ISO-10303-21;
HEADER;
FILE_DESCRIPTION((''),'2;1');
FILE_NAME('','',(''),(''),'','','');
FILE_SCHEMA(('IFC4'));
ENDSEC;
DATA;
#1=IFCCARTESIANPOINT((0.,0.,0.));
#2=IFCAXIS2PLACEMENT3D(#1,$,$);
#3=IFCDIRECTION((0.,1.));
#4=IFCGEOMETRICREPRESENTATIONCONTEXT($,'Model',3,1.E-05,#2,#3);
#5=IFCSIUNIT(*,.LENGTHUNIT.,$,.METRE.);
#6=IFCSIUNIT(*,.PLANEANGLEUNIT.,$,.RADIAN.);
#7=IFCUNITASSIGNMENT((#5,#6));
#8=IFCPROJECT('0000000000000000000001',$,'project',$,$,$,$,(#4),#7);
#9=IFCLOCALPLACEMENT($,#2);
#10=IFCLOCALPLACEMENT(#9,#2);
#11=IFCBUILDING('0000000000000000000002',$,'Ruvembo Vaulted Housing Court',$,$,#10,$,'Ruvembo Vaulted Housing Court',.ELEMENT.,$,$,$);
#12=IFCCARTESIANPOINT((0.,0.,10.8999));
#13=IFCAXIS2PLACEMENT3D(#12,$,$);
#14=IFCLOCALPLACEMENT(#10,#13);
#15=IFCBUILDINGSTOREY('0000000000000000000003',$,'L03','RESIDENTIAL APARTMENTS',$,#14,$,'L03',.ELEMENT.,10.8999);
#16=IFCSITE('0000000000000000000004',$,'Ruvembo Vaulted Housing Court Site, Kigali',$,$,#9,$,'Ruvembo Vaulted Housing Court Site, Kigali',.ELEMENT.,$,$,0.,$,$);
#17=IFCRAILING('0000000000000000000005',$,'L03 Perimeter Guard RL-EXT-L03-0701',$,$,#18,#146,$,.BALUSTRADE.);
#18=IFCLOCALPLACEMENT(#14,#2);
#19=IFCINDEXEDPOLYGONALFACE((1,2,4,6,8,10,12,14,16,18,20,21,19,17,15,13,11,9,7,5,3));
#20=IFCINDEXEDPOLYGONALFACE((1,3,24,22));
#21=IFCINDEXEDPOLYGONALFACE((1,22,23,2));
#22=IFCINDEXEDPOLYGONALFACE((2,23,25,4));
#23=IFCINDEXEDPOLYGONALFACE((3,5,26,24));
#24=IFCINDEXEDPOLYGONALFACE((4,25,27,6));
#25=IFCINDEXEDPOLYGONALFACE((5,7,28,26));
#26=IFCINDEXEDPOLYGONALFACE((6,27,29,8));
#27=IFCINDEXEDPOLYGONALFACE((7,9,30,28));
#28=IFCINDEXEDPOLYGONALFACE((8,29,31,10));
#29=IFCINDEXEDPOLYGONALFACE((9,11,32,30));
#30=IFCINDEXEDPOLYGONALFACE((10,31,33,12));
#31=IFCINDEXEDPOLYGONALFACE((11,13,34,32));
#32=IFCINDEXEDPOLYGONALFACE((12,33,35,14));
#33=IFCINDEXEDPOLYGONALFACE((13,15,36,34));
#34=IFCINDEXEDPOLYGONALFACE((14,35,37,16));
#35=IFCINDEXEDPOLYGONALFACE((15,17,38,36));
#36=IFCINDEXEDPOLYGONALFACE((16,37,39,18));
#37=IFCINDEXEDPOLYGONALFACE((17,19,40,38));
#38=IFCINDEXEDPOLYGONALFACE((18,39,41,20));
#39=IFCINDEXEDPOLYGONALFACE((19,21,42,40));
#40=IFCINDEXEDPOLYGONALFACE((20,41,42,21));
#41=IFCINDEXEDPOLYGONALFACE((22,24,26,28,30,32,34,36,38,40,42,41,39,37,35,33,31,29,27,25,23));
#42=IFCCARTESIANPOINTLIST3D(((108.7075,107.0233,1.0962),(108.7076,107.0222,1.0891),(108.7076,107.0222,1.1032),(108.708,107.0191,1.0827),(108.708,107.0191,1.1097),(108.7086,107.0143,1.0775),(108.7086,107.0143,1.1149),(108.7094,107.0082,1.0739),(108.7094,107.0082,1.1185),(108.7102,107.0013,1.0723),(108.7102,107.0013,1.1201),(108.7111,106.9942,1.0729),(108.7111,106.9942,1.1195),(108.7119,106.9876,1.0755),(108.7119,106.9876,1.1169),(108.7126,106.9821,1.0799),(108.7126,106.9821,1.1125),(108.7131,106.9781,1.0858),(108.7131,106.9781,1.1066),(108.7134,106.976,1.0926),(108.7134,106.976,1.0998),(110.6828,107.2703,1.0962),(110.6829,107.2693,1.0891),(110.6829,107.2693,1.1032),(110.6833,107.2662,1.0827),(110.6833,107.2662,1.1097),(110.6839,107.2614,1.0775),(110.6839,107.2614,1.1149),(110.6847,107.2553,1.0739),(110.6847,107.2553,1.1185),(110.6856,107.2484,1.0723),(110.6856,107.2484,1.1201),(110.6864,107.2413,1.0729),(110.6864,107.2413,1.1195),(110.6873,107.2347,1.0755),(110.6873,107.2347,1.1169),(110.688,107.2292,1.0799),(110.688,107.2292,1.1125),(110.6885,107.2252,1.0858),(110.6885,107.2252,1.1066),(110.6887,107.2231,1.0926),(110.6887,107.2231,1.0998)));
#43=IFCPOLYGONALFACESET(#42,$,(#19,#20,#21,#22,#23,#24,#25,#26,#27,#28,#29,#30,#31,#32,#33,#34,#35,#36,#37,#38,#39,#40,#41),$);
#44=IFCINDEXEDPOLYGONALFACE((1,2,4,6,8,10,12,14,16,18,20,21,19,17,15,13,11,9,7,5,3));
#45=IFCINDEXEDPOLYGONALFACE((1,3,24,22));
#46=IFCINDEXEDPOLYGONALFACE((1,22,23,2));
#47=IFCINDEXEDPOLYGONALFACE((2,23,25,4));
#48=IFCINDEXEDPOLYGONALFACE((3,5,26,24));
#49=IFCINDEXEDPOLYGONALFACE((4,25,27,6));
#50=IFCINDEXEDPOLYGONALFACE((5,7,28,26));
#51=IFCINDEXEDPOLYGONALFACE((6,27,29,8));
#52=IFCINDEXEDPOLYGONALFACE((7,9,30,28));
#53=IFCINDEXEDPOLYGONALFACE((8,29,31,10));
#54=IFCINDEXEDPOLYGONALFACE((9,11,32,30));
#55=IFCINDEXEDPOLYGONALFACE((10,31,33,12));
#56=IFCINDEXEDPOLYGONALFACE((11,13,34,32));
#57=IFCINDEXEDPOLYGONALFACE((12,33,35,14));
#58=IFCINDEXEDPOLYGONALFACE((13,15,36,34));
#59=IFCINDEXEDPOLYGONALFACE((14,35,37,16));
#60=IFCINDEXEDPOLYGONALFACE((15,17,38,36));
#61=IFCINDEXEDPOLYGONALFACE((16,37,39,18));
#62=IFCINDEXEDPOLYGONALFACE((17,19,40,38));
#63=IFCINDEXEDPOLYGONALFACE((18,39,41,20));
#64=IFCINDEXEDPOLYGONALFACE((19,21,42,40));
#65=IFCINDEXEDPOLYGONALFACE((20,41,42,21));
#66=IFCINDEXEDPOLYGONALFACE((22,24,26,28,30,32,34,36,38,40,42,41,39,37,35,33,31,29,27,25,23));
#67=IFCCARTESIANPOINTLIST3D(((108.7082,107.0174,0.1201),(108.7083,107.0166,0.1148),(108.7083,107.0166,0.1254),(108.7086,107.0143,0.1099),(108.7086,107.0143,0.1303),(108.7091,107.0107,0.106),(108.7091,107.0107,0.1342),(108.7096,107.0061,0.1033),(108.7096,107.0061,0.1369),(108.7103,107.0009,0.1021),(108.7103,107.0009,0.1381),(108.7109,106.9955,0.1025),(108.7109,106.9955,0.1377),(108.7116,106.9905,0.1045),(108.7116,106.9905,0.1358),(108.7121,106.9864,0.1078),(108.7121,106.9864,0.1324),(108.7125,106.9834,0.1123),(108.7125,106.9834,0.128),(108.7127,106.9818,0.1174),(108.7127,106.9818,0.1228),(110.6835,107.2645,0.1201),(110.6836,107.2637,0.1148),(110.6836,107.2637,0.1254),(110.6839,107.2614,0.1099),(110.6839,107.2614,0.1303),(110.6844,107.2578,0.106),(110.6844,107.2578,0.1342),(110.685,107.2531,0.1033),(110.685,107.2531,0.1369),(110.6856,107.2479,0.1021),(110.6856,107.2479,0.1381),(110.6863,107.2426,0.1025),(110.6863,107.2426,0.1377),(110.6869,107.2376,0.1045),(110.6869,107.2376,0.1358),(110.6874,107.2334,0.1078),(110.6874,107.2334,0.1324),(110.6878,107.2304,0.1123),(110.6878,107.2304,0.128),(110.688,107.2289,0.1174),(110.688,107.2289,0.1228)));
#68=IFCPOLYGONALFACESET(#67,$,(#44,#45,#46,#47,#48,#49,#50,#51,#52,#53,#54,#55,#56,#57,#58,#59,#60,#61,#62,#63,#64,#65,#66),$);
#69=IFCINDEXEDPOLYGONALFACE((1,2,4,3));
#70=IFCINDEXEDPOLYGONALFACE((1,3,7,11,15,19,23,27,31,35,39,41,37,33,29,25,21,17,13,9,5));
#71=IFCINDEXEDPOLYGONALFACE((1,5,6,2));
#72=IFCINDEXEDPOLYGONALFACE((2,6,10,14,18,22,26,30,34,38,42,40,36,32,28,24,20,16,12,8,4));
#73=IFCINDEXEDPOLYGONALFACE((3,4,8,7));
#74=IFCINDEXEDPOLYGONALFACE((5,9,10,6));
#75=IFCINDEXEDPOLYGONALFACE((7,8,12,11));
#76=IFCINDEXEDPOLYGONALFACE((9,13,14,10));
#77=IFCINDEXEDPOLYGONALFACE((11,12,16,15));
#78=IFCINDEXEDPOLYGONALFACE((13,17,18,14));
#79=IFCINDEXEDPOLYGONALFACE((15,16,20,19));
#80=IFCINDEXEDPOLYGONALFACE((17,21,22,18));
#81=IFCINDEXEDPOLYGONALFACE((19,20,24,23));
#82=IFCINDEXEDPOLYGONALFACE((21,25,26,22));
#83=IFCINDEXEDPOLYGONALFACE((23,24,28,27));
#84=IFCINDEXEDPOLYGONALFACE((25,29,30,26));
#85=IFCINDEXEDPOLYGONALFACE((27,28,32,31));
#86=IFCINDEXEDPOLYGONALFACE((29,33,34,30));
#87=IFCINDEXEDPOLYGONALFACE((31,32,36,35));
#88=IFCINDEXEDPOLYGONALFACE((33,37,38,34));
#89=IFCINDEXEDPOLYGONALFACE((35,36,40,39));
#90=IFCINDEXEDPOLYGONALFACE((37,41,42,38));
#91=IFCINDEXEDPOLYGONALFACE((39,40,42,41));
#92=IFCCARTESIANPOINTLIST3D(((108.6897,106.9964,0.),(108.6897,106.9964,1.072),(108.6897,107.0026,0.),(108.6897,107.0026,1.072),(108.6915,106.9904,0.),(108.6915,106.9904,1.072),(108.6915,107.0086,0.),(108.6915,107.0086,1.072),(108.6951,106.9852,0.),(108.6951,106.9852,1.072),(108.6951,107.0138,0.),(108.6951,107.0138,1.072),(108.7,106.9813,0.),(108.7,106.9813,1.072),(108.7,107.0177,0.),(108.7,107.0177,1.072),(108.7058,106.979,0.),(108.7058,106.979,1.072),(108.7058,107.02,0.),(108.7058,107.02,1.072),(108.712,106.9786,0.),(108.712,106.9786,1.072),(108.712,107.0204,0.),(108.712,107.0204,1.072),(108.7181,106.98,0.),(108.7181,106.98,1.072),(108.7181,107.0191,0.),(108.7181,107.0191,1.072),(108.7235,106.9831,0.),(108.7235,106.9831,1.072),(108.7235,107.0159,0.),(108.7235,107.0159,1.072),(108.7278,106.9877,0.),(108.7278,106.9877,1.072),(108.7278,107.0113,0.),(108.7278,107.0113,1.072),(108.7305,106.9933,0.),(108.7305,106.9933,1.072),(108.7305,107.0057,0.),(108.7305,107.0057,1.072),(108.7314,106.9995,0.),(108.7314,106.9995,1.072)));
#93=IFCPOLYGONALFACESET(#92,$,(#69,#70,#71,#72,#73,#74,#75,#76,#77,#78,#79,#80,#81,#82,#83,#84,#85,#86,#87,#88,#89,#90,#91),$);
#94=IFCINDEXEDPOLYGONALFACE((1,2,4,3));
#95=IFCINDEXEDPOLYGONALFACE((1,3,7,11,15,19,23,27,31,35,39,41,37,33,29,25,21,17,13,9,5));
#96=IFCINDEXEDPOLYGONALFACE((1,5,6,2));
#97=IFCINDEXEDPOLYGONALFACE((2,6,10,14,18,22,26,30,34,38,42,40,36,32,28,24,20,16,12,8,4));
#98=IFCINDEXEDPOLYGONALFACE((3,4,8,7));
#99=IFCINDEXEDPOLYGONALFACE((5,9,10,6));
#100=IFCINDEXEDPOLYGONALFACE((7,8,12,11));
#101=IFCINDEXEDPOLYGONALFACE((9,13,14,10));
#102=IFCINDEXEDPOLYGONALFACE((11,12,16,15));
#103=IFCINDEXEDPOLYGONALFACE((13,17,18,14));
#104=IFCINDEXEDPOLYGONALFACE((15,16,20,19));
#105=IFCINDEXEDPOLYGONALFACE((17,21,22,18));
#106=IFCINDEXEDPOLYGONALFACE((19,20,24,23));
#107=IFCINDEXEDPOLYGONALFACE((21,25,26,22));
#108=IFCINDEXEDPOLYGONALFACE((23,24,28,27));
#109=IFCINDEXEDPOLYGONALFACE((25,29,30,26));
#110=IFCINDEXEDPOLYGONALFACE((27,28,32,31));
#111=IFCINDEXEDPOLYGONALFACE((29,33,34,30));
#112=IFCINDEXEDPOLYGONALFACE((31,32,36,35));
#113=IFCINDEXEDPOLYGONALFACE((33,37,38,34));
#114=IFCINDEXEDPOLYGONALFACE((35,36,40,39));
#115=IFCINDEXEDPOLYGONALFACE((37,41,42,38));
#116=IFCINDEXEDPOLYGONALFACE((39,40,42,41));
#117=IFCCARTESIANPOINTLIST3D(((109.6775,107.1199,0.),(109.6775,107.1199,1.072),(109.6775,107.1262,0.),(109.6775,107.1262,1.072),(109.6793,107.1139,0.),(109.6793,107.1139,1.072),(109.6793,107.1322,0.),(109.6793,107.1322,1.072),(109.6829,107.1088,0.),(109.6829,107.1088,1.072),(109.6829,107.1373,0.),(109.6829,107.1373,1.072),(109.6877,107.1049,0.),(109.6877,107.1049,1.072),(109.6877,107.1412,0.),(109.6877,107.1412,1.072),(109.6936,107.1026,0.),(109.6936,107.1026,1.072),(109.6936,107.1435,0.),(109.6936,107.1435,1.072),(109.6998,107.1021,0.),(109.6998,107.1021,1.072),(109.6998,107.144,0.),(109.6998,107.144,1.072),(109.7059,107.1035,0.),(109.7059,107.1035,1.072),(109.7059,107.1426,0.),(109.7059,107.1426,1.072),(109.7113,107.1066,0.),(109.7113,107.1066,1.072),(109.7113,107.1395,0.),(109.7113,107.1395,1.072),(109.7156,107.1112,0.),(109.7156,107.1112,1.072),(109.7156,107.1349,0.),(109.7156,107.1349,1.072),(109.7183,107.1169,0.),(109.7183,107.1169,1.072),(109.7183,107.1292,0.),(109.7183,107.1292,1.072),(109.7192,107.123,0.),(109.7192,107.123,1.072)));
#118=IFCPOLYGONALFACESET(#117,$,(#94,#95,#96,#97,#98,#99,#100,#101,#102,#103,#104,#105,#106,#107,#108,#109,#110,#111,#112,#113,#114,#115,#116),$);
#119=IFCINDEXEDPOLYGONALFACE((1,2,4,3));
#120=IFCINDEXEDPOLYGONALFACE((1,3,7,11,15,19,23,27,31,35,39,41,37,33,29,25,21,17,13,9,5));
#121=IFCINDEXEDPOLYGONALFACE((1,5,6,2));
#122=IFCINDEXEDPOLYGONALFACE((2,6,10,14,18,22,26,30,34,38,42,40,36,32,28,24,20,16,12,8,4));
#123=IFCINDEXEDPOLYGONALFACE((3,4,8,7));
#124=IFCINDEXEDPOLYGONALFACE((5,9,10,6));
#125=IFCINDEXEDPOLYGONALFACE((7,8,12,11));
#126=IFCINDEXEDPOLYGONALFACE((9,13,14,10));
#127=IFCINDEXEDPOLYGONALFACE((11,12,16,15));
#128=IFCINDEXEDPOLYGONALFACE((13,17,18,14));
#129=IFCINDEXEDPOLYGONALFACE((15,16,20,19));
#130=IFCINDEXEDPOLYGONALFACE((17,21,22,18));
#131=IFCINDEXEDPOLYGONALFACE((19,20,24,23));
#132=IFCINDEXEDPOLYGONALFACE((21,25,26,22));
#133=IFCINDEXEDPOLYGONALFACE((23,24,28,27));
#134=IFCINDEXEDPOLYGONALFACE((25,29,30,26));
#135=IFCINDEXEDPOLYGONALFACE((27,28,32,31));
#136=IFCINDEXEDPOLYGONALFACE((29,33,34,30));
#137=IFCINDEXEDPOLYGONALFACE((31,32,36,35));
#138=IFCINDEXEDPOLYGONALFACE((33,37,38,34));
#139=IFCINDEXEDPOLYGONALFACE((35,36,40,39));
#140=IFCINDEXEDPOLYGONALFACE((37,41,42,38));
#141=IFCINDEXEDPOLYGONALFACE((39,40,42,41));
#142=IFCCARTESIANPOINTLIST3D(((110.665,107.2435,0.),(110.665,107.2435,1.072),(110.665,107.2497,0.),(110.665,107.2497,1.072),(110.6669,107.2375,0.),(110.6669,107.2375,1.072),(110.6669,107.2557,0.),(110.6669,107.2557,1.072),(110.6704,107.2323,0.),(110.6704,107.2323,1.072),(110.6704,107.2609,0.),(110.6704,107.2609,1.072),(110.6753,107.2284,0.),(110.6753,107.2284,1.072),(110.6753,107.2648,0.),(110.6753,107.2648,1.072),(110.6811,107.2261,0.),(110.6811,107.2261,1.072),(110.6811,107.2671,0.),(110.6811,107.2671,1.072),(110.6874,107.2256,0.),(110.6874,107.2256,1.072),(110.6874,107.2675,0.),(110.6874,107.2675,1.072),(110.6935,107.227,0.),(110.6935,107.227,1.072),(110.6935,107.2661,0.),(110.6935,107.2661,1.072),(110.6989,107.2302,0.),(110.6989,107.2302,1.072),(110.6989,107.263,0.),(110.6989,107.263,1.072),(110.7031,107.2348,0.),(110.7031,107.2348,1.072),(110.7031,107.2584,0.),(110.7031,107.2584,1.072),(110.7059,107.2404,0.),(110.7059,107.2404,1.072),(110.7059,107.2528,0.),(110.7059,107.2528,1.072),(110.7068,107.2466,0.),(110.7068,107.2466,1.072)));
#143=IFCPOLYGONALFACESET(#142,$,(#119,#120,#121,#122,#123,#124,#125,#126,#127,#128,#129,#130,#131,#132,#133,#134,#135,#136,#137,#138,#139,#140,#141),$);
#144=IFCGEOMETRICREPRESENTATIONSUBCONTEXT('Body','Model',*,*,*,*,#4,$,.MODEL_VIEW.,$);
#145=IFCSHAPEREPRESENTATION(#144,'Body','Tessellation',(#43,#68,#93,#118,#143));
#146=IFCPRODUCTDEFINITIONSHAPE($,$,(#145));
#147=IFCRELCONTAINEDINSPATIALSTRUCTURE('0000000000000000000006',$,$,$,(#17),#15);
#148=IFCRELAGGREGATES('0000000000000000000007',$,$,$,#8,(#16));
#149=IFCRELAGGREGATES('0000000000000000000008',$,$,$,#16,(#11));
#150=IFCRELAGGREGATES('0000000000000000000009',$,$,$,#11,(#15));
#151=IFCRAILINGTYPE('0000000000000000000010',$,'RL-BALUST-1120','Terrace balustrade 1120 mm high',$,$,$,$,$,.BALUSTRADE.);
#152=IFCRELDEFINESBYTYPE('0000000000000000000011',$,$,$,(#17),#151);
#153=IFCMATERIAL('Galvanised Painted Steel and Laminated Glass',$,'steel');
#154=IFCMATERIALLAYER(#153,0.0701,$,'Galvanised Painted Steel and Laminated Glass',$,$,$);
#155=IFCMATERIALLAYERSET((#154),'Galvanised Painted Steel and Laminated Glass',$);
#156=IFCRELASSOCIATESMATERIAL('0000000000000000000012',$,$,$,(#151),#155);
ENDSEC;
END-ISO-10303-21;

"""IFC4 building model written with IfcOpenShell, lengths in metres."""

from ifc_helpers import new_model, si_unit, direction, frame, origin, origin_2d, place, context, subcontext, project, spatial, circle, extrude, material, layer, layer_set, type_object, element, save


model = new_model("IFC4")

# Units and contexts
model_context = context("Model", 3, precision=1e-05, world=origin(), true_north=direction((0.0, 1.0)))
body_context = subcontext(model_context, "Body", "Model", "MODEL_VIEW")
ifc_project = project(units=[si_unit("LENGTHUNIT", "METRE"), si_unit("PLANEANGLEUNIT", "RADIAN")], contexts=[model_context])

# Site, building, storey
site_placement = place(None, origin())
site = spatial("IfcSite", under=ifc_project, at=site_placement, Name="Ruvembo Vaulted Housing Court Site, Kigali", LongName="Ruvembo Vaulted Housing Court Site, Kigali", CompositionType="ELEMENT", RefElevation=0.0)
building_placement = place(site_placement, origin())
building = spatial("IfcBuilding", under=site, at=building_placement, Name="Ruvembo Vaulted Housing Court", LongName="Ruvembo Vaulted Housing Court", CompositionType="ELEMENT")
storey_placement = place(building_placement, frame((0.0, 0.0, 10.8999)))
storey = spatial("IfcBuildingStorey", under=building, at=storey_placement, Name="L03", Description="RESIDENTIAL APARTMENTS", LongName="L03", CompositionType="ELEMENT", Elevation=10.8999)

# Railing
ifc_material_1 = material(Name="Galvanised Painted Steel and Laminated Glass", Category="steel")
ifc_layer_1 = layer(ifc_material_1, 0.0701, Name="Galvanised Painted Steel and Laminated Glass")
ifc_layer_set_1 = layer_set([ifc_layer_1], Name="Galvanised Painted Steel and Laminated Glass")
railing_type = type_object("IfcRailingType", Name="RL-BALUST-1120", Description="Terrace balustrade 1120 mm high", PredefinedType="BALUSTRADE", material=ifc_layer_set_1)
railing_1_placement = place(storey_placement, frame((108.7104, 106.9995, 0.0)))
element("IfcRailing", 1, at=railing_1_placement, inside=storey, type_object=railing_type, Name="L03 Perimeter Guard RL-EXT-L03-0701", PredefinedType="BALUSTRADE", context=body_context, shape_type="SweptSolid", body=[
    extrude(circle(Radius=0.0239, at=origin_2d()), frame((0.0, 0.0, 1.0962), z_axis=(0.992268, 0.12411, 0.0), x_axis=(-0.12411, 0.992268, 0.0)), (0.0, 0.0, 1.0), 1.9907),
    extrude(circle(Radius=0.0181, at=origin_2d()), frame((0.0, 0.0, 0.1201), z_axis=(0.992268, 0.12411, 0.0), x_axis=(-0.12411, 0.992268, 0.0)), (0.0, 0.0, 1.0), 1.9907),
    extrude(circle(Radius=0.021, at=origin_2d()), origin(), (0.0, 0.0, 1.0), 1.072),
    extrude(circle(Radius=0.021, at=origin_2d()), frame((0.9878, 0.1235, 0.0)), (0.0, 0.0, 1.0), 1.072),
    extrude(circle(Radius=0.021, at=origin_2d()), frame((1.9753, 0.2471, 0.0)), (0.0, 0.0, 1.0), 1.072),
])

save(model, "model.ifc")
